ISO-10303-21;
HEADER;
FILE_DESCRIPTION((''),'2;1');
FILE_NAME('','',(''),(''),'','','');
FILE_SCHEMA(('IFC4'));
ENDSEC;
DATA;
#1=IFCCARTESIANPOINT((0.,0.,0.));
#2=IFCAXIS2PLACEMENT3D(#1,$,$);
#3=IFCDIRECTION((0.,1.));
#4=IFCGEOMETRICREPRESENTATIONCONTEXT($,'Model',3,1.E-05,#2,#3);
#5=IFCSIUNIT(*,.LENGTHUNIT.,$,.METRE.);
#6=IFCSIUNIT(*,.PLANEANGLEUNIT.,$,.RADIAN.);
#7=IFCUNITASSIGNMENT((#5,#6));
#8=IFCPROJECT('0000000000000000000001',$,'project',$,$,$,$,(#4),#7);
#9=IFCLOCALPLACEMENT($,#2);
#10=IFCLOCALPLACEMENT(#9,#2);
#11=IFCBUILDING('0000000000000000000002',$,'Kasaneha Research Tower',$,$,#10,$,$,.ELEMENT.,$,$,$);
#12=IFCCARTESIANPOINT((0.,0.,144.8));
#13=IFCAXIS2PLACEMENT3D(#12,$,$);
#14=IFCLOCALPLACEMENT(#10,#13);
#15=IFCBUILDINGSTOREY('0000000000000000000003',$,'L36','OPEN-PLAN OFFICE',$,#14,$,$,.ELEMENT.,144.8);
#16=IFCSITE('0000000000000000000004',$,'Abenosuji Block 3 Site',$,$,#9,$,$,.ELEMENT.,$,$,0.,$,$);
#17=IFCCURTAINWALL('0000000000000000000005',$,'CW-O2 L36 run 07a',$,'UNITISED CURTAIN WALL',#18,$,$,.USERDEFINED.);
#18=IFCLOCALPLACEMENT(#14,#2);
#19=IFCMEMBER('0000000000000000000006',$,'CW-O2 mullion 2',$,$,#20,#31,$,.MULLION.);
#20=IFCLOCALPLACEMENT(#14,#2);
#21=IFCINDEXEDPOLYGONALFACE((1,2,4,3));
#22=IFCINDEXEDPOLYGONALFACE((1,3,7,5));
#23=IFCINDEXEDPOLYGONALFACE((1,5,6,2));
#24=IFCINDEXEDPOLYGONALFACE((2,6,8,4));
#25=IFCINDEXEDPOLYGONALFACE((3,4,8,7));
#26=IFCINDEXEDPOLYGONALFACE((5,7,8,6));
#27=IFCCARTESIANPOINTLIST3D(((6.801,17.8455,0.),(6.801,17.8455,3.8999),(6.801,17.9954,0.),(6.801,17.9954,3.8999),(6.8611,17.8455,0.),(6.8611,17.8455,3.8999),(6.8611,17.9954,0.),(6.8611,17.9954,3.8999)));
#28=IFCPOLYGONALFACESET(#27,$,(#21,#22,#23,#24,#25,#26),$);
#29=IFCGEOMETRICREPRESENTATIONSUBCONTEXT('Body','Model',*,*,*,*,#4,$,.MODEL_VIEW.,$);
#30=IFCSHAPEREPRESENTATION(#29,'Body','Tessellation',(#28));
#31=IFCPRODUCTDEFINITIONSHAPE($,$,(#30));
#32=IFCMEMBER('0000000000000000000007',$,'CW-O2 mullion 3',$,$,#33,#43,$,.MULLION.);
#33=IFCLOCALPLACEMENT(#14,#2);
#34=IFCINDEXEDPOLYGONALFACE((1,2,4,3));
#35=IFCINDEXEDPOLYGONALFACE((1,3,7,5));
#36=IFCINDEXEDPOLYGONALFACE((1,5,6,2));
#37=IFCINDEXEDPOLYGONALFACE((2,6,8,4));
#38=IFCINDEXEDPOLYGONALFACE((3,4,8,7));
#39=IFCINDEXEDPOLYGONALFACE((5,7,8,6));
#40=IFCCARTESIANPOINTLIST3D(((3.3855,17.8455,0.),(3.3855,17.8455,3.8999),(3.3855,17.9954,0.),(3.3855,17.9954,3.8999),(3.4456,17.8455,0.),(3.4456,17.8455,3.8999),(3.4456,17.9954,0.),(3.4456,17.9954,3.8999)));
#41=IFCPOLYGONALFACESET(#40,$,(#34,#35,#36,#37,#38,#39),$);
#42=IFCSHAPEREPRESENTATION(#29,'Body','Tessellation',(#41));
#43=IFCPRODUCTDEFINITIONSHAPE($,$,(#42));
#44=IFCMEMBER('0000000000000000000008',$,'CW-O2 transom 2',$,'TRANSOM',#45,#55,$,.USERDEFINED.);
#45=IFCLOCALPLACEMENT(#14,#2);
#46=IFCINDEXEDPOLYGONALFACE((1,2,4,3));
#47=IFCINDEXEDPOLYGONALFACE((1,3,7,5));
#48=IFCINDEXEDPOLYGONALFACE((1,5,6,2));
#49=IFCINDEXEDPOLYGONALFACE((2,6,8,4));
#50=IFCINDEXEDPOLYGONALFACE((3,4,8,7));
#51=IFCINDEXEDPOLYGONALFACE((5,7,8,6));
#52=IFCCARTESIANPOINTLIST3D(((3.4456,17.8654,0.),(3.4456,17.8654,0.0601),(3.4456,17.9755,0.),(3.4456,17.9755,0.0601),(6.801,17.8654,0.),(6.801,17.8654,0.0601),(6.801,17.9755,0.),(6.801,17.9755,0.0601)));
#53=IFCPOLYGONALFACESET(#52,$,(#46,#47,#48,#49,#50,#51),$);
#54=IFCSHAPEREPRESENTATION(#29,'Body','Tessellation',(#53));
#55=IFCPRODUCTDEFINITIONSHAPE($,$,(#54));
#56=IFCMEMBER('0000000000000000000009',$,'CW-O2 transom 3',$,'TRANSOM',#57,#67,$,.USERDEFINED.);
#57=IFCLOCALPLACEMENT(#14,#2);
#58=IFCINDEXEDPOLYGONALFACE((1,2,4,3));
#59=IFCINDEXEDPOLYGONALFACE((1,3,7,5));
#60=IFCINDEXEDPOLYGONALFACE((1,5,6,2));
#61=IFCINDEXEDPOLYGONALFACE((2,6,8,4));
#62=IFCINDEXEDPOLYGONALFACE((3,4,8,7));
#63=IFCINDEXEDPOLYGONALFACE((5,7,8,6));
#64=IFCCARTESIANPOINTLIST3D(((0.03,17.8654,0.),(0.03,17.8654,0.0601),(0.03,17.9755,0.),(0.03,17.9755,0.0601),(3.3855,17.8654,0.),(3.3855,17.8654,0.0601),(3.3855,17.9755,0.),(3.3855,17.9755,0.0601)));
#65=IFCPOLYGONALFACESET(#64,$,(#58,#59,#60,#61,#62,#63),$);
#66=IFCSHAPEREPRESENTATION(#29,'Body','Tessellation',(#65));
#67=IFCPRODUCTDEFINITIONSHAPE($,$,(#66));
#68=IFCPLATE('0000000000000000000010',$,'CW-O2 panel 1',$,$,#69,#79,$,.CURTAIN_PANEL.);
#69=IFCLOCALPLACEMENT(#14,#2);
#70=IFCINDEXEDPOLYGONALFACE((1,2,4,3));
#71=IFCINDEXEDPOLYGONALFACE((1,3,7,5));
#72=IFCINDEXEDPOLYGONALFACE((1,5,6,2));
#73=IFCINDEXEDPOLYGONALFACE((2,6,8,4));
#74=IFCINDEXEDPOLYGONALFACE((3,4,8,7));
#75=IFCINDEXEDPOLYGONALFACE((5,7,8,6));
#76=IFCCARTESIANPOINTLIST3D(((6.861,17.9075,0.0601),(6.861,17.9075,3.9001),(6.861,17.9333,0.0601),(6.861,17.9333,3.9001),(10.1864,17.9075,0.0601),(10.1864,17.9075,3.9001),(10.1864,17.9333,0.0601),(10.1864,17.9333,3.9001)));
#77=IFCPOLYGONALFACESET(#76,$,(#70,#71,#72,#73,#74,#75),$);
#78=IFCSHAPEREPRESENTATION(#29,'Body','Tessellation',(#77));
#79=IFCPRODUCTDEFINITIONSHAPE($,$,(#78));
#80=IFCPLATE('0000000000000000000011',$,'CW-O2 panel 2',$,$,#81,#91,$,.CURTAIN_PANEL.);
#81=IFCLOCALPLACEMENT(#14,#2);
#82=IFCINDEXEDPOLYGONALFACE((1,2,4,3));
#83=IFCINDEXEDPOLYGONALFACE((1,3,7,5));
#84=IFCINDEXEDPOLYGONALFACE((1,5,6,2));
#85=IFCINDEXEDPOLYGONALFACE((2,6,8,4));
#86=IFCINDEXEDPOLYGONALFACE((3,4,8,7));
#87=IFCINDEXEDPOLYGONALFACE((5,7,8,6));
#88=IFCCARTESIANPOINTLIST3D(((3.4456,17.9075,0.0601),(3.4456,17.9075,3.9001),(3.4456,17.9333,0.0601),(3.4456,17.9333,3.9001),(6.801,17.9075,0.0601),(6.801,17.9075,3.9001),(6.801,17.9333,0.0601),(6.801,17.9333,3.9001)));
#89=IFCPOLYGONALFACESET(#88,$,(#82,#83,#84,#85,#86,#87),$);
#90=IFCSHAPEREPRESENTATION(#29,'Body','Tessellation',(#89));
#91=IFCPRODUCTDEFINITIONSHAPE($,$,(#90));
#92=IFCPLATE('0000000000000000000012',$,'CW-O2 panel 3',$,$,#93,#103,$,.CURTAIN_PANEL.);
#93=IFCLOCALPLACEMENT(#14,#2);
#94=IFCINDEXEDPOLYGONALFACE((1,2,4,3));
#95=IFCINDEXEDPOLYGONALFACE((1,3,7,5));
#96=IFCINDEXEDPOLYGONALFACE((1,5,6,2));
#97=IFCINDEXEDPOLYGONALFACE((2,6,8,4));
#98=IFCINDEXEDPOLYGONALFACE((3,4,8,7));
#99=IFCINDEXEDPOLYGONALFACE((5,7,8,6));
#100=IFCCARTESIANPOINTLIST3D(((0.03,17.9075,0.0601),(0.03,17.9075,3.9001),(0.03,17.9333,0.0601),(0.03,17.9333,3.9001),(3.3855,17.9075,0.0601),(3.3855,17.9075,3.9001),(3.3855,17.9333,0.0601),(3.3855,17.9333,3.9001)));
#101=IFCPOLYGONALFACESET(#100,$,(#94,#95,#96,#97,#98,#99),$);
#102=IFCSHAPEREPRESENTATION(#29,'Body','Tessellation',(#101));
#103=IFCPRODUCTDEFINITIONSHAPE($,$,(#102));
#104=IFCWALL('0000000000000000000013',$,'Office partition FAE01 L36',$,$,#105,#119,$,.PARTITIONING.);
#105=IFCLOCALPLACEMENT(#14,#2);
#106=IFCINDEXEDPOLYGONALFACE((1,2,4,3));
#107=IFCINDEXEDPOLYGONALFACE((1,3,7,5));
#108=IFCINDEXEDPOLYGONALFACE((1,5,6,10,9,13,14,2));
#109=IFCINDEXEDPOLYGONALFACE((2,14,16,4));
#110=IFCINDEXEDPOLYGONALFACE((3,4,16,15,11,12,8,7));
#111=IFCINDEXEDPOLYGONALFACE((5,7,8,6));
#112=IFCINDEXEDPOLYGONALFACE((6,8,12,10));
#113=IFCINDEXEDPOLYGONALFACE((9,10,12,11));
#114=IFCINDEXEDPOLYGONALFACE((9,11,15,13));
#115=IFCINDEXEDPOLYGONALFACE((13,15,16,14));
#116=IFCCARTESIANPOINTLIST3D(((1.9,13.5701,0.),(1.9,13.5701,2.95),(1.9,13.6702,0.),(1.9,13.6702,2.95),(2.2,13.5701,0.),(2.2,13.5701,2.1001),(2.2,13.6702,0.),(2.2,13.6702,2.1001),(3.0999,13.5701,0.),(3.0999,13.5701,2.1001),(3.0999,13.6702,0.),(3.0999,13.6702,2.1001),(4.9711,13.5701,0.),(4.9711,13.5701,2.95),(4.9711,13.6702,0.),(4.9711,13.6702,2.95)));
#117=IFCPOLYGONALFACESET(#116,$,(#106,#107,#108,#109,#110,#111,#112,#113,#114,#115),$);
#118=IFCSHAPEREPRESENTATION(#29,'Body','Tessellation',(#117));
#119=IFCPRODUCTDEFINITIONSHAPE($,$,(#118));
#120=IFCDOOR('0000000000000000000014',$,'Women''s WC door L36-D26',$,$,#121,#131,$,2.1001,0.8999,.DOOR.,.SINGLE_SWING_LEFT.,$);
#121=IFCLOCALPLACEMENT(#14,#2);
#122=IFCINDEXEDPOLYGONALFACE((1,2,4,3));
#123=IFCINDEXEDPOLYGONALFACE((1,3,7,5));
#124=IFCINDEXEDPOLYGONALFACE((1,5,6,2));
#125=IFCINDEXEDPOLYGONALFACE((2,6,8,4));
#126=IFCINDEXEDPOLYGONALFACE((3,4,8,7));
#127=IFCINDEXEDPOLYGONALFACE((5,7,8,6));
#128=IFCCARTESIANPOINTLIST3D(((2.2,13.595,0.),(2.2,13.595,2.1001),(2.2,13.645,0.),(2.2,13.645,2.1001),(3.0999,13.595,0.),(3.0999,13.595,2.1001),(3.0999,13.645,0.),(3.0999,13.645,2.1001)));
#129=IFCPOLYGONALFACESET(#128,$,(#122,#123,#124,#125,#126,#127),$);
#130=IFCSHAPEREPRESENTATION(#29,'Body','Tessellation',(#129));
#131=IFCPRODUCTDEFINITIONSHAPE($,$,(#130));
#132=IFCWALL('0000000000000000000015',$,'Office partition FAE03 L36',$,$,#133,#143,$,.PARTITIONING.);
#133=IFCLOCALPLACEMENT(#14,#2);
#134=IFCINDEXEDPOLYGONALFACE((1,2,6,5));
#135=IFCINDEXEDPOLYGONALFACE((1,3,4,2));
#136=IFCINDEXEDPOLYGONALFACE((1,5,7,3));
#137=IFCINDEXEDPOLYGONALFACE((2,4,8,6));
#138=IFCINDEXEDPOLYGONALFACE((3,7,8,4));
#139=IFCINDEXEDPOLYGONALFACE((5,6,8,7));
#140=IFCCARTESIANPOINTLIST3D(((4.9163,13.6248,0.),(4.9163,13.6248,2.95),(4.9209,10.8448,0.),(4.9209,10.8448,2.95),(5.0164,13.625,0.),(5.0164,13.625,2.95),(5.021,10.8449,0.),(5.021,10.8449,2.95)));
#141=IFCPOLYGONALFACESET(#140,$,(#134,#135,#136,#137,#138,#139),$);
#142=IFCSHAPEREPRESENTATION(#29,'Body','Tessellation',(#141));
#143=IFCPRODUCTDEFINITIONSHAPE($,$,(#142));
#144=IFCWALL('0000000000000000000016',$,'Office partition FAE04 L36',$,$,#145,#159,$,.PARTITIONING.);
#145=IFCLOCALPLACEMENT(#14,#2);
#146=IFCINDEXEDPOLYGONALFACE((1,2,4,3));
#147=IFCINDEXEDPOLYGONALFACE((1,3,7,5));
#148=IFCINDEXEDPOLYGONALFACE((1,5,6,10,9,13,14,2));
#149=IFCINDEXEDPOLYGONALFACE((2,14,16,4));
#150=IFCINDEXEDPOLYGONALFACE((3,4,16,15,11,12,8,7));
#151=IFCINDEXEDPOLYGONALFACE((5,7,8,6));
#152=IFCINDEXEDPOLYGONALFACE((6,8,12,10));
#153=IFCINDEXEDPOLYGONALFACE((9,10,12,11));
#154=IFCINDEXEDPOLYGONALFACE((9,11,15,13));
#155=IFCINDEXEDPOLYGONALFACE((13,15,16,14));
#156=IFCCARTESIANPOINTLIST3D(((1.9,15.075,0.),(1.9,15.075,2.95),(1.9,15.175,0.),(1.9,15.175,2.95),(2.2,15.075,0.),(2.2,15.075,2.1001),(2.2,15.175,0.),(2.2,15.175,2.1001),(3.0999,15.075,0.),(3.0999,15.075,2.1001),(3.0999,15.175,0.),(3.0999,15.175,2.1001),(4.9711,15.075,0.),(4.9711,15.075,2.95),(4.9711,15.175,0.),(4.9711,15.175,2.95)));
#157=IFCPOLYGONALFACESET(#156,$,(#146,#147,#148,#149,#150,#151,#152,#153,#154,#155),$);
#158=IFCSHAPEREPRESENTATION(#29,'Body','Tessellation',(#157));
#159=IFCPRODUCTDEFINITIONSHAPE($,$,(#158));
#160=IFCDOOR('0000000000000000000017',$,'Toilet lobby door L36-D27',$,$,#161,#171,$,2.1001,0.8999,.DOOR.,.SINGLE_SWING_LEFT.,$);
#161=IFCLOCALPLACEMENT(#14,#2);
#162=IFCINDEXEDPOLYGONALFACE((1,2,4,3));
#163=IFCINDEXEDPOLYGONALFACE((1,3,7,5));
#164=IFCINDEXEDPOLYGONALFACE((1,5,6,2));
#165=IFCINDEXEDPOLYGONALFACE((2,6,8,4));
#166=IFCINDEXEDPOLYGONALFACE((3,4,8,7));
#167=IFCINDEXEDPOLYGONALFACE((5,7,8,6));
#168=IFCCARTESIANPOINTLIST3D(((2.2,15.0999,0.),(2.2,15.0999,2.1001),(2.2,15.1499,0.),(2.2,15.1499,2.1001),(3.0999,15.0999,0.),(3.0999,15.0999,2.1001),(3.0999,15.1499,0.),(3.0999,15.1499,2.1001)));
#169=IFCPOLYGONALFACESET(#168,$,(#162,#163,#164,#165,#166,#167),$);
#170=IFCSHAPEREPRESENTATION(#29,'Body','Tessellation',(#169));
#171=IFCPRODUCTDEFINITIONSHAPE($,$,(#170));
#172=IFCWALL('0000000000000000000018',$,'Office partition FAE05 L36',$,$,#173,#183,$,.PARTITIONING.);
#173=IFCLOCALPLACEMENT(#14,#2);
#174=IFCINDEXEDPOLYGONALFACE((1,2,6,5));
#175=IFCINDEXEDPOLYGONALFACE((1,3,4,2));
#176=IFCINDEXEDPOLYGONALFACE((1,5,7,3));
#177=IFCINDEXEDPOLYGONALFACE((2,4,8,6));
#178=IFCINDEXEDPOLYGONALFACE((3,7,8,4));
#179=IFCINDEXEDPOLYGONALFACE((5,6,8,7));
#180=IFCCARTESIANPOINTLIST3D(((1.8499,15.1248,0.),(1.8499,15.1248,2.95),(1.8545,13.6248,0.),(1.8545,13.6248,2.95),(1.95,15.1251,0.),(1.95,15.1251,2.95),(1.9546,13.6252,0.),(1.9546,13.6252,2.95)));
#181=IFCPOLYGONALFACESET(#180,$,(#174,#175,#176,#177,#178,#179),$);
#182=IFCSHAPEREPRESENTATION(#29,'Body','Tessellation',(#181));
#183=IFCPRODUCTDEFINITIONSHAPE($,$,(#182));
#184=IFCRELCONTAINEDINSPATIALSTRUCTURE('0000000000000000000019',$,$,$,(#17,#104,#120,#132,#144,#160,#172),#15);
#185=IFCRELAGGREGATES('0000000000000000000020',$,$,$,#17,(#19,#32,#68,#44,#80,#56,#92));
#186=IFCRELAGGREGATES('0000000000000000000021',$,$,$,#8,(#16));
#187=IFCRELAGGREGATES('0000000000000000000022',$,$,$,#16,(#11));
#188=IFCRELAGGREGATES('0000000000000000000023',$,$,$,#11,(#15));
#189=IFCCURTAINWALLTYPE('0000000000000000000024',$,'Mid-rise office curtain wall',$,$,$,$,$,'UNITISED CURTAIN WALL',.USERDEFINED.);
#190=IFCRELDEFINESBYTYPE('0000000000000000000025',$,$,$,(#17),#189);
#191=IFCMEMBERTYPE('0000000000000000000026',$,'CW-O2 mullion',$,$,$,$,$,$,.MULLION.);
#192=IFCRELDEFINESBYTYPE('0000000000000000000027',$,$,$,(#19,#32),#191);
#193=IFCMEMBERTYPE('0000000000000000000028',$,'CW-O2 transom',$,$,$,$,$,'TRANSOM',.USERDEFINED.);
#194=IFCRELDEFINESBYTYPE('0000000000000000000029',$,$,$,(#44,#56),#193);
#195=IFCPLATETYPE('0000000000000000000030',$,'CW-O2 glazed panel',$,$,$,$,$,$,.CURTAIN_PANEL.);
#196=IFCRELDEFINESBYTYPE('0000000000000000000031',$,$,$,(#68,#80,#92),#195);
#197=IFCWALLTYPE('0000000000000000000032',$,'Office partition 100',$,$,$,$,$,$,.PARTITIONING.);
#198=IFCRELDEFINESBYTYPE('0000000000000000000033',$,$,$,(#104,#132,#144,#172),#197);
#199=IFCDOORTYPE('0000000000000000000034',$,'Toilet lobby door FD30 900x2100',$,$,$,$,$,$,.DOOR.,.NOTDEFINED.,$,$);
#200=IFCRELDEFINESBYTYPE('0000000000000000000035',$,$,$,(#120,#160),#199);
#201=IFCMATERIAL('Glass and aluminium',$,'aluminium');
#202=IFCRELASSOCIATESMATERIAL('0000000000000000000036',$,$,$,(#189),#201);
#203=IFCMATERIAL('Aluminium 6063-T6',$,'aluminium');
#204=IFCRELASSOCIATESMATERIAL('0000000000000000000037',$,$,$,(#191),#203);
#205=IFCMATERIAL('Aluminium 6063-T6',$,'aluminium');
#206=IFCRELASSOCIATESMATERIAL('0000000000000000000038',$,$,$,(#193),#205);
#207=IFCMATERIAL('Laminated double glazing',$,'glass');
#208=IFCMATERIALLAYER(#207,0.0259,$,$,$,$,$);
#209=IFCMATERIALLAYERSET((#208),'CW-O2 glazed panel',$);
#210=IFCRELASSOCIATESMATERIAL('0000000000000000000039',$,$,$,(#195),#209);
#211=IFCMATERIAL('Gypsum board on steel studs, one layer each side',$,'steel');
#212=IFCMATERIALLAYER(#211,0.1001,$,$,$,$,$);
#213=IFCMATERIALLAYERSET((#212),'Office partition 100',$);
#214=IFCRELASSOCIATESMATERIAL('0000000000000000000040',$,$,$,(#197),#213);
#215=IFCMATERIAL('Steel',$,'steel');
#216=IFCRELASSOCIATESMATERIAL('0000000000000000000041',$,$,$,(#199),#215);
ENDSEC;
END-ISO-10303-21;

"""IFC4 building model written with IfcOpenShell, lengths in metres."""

from ifc_helpers import new_model, si_unit, direction, frame, frame_2d, origin, origin_2d, place, context, subcontext, project, spatial, rectangle, extrude, material, layer, layer_set, material_profile, profile_set, type_object, element, fill, aggregate, save


model = new_model("IFC4")

# Units and contexts
model_context = context("Model", 3, precision=1e-05, world=origin(), true_north=direction((0.0, 1.0)))
body_context = subcontext(model_context, "Body", "Model", "MODEL_VIEW")
ifc_project = project(units=[si_unit("LENGTHUNIT", "METRE"), si_unit("PLANEANGLEUNIT", "RADIAN")], contexts=[model_context])

# Site, building, storey
site_placement = place(None, origin())
site = spatial("IfcSite", under=ifc_project, at=site_placement, Name="Abenosuji Block 3 Site", CompositionType="ELEMENT", RefElevation=0.0)
building_placement = place(site_placement, origin())
building = spatial("IfcBuilding", under=site, at=building_placement, Name="Kasaneha Research Tower", CompositionType="ELEMENT")
storey_placement = place(building_placement, frame((0.0, 0.0, 144.8)))
storey = spatial("IfcBuildingStorey", under=building, at=storey_placement, Name="L36", Description="OPEN-PLAN OFFICE", CompositionType="ELEMENT", Elevation=144.8)

# Curtain wall, members, plates
ifc_material_1 = material(Name="Glass and aluminium", Category="aluminium")
curtain_wall_type = type_object("IfcCurtainWallType", Name="Mid-rise office curtain wall", ElementType="UNITISED CURTAIN WALL", PredefinedType="USERDEFINED", material=ifc_material_1)
curtain_wall_placement = place(storey_placement, origin())
curtain_wall = element("IfcCurtainWall", 1, at=curtain_wall_placement, inside=storey, type_object=curtain_wall_type, Name="CW-O2 L36 run 07a", ObjectType="UNITISED CURTAIN WALL", PredefinedType="USERDEFINED")
ifc_material_2 = material(Name="Aluminium 6063-T6", Category="aluminium")
ifc_material_profile_1 = material_profile(ifc_material_2, rectangle(XDim=0.0601, YDim=0.1499, at=origin_2d()), Name="CW-O2 mullion 60x150")
ifc_profile_set_1 = profile_set([ifc_material_profile_1], Name="Aluminium 6063-T6")
member_type_1 = type_object("IfcMemberType", Name="CW-O2 mullion", PredefinedType="MULLION", material=ifc_profile_set_1)
member_1_placement = place(storey_placement, frame((6.8311, 17.9204, 0.0), z_axis=(0.0, 0.0, 1.0), x_axis=(-1.0, 0.0, 0.0)))
member_1 = element("IfcMember", 2, at=member_1_placement, type_object=member_type_1, Name="CW-O2 mullion 2", PredefinedType="MULLION", context=body_context, shape_type="SweptSolid", body=[
    extrude(rectangle(XDim=0.0601, YDim=0.1499, at=origin_2d()), origin(), (0.0, 0.0, 1.0), 3.8999),
])
member_2_placement = place(storey_placement, frame((3.4155, 17.9204, 0.0), z_axis=(0.0, 0.0, 1.0), x_axis=(-1.0, 0.0, 0.0)))
member_2 = element("IfcMember", 3, at=member_2_placement, type_object=member_type_1, Name="CW-O2 mullion 3", PredefinedType="MULLION", context=body_context, shape_type="SweptSolid", body=[
    extrude(rectangle(XDim=0.0601, YDim=0.1499, at=origin_2d()), origin(), (0.0, 0.0, 1.0), 3.8999),
])
ifc_material_3 = material(Name="Aluminium 6063-T6", Category="aluminium")
ifc_material_profile_2 = material_profile(ifc_material_3, rectangle(XDim=0.1101, YDim=0.0601, at=origin_2d()), Name="CW-O2 transom 110x60")
ifc_profile_set_2 = profile_set([ifc_material_profile_2], Name="Aluminium 6063-T6")
member_type_2 = type_object("IfcMemberType", Name="CW-O2 transom", ElementType="TRANSOM", PredefinedType="USERDEFINED", material=ifc_profile_set_2)
member_3_placement = place(storey_placement, frame((6.801, 17.9204, 0.03), z_axis=(-1.0, 0.0, 0.0), x_axis=(0.0, -1.0, 0.0)))
member_3 = element("IfcMember", 4, at=member_3_placement, type_object=member_type_2, Name="CW-O2 transom 2", ObjectType="TRANSOM", PredefinedType="USERDEFINED", context=body_context, shape_type="SweptSolid", body=[
    extrude(rectangle(XDim=0.1101, YDim=0.0601, at=origin_2d()), origin(), (0.0, 0.0, 1.0), 3.3555),
])
member_4_placement = place(storey_placement, frame((3.3855, 17.9204, 0.03), z_axis=(-1.0, 0.0, 0.0), x_axis=(0.0, -1.0, 0.0)))
member_4 = element("IfcMember", 5, at=member_4_placement, type_object=member_type_2, Name="CW-O2 transom 3", ObjectType="TRANSOM", PredefinedType="USERDEFINED", context=body_context, shape_type="SweptSolid", body=[
    extrude(rectangle(XDim=0.1101, YDim=0.0601, at=origin_2d()), origin(), (0.0, 0.0, 1.0), 3.3555),
])
ifc_material_4 = material(Name="Laminated double glazing", Category="glass")
ifc_layer_1 = layer(ifc_material_4, 0.0259)
ifc_layer_set_1 = layer_set([ifc_layer_1], Name="CW-O2 glazed panel")
plate_type = type_object("IfcPlateType", Name="CW-O2 glazed panel", PredefinedType="CURTAIN_PANEL", material=ifc_layer_set_1)
plate_1_placement = place(storey_placement, frame((8.5237, 17.9204, 0.0601), z_axis=(0.0, 0.0, 1.0), x_axis=(-1.0, 0.0, 0.0)))
plate_1 = element("IfcPlate", 6, at=plate_1_placement, type_object=plate_type, Name="CW-O2 panel 1", PredefinedType="CURTAIN_PANEL", context=body_context, shape_type="SweptSolid", body=[
    extrude(rectangle(XDim=3.3254, YDim=0.0259, at=origin_2d()), origin(), (0.0, 0.0, 1.0), 3.8401),
])
plate_2_placement = place(storey_placement, frame((5.1233, 17.9204, 0.0601), z_axis=(0.0, 0.0, 1.0), x_axis=(-1.0, 0.0, 0.0)))
plate_2 = element("IfcPlate", 7, at=plate_2_placement, type_object=plate_type, Name="CW-O2 panel 2", PredefinedType="CURTAIN_PANEL", context=body_context, shape_type="SweptSolid", body=[
    extrude(rectangle(XDim=3.3555, YDim=0.0259, at=origin_2d()), origin(), (0.0, 0.0, 1.0), 3.8401),
])
plate_3_placement = place(storey_placement, frame((1.7078, 17.9204, 0.0601), z_axis=(0.0, 0.0, 1.0), x_axis=(-1.0, 0.0, 0.0)))
plate_3 = element("IfcPlate", 8, at=plate_3_placement, type_object=plate_type, Name="CW-O2 panel 3", PredefinedType="CURTAIN_PANEL", context=body_context, shape_type="SweptSolid", body=[
    extrude(rectangle(XDim=3.3555, YDim=0.0259, at=origin_2d()), origin(), (0.0, 0.0, 1.0), 3.8401),
])
aggregate(curtain_wall, [member_1, member_2, plate_1, member_3, plate_2, member_4, plate_3])

# Wall, opening, door
ifc_material_5 = material(Name="Gypsum board on steel studs, one layer each side", Category="steel")
ifc_layer_2 = layer(ifc_material_5, 0.1001)
ifc_layer_set_2 = layer_set([ifc_layer_2], Name="Office partition 100")
wall_type_1 = type_object("IfcWallType", Name="Office partition 100", PredefinedType="PARTITIONING", material=ifc_layer_set_2)
wall_1_placement = place(storey_placement, frame((1.8999, 13.6201, 0.0), z_axis=(0.0, 0.0, 1.0), x_axis=(1.0, 0.0, 0.0)))
wall_1 = element("IfcWall", 9, at=wall_1_placement, inside=storey, type_object=wall_type_1, Name="Office partition FAE01 L36", PredefinedType="PARTITIONING", context=body_context, shape_type="SweptSolid", body=[
    extrude(rectangle(XDim=3.071, YDim=0.1001, at=frame_2d((1.5356, 0.0))), origin(), (0.0, 0.0, 1.0), 2.95),
])
opening_1_placement = place(wall_1_placement, frame((0.3, 0.0, 0.0)))
opening_1 = element("IfcOpeningElement", 10, at=opening_1_placement, cuts=wall_1, PredefinedType="OPENING", context=body_context, shape_type="SweptSolid", body=[
    extrude(rectangle(XDim=0.8999, YDim=2.1001, at=frame_2d((0.45, 1.05))), frame((0.0, 0.0601, 0.0), z_axis=(0.0, -1.0, 0.0), x_axis=(1.0, 0.0, 0.0)), (0.0, 0.0, 1.0), 0.1201),
])
ifc_material_6 = material(Name="Steel", Category="steel")
door_type = type_object("IfcDoorType", Name="Toilet lobby door FD30 900x2100", OperationType="NOTDEFINED", PredefinedType="DOOR", material=ifc_material_6)
door_1_placement = place(opening_1_placement, origin())
door_1 = element("IfcDoor", 11, at=door_1_placement, inside=storey, type_object=door_type, Name="Women's WC door L36-D26", OperationType="SINGLE_SWING_LEFT", OverallHeight=2.1001, OverallWidth=0.8999, PredefinedType="DOOR", context=body_context, shape_type="SweptSolid", body=[
    extrude(rectangle(XDim=0.8999, YDim=2.1001, at=frame_2d((0.45, 1.05))), frame((0.0, 0.0249, 0.0), z_axis=(0.0, -1.0, 0.0), x_axis=(1.0, 0.0, 0.0)), (0.0, 0.0, 1.0), 0.05),
])
fill(opening_1, door_1)

# Wall
wall_2_placement = place(storey_placement, frame((4.9663, 13.625, 0.0), z_axis=(0.0, 0.0, 1.0), x_axis=(0.001669, -0.999999, 0.0)))
element("IfcWall", 12, at=wall_2_placement, inside=storey, type_object=wall_type_1, Name="Office partition FAE03 L36", PredefinedType="PARTITIONING", context=body_context, shape_type="SweptSolid", body=[
    extrude(rectangle(XDim=2.78, YDim=0.1001, at=frame_2d((1.3901, 0.0))), origin(), (0.0, 0.0, 1.0), 2.95),
])

# Wall, opening, door
wall_3_placement = place(storey_placement, frame((1.8999, 15.125, 0.0), z_axis=(0.0, 0.0, 1.0), x_axis=(1.0, 0.0, 0.0)))
wall_3 = element("IfcWall", 13, at=wall_3_placement, inside=storey, type_object=wall_type_1, Name="Office partition FAE04 L36", PredefinedType="PARTITIONING", context=body_context, shape_type="SweptSolid", body=[
    extrude(rectangle(XDim=3.071, YDim=0.1001, at=frame_2d((1.5356, 0.0))), origin(), (0.0, 0.0, 1.0), 2.95),
])
opening_2_placement = place(wall_3_placement, frame((0.3, 0.0, 0.0)))
opening_2 = element("IfcOpeningElement", 14, at=opening_2_placement, cuts=wall_3, PredefinedType="OPENING", context=body_context, shape_type="SweptSolid", body=[
    extrude(rectangle(XDim=0.8999, YDim=2.1001, at=frame_2d((0.45, 1.05))), frame((0.0, 0.0601, 0.0), z_axis=(0.0, -1.0, 0.0), x_axis=(1.0, 0.0, 0.0)), (0.0, 0.0, 1.0), 0.1201),
])
door_2_placement = place(opening_2_placement, origin())
door_2 = element("IfcDoor", 15, at=door_2_placement, inside=storey, type_object=door_type, Name="Toilet lobby door L36-D27", OperationType="SINGLE_SWING_LEFT", OverallHeight=2.1001, OverallWidth=0.8999, PredefinedType="DOOR", context=body_context, shape_type="SweptSolid", body=[
    extrude(rectangle(XDim=0.8999, YDim=2.1001, at=frame_2d((0.45, 1.05))), frame((0.0, 0.0249, 0.0), z_axis=(0.0, -1.0, 0.0), x_axis=(1.0, 0.0, 0.0)), (0.0, 0.0, 1.0), 0.05),
])
fill(opening_2, door_2)

# Wall
for number, where, z_axis, x_axis, name in (
    (16, (1.9045, 13.625, 0.0), (0.0, 0.0, 1.0), (-0.003092, 0.999995, 0.0), "Office partition FAE05 L36"),
):
    element("IfcWall", number, at=place(storey_placement, frame(where, z_axis=z_axis, x_axis=x_axis)), inside=storey, type_object=wall_type_1, Name=name, PredefinedType="PARTITIONING", context=body_context, shape_type="SweptSolid", body=[
        extrude(rectangle(XDim=1.5, YDim=0.1001, at=frame_2d((0.75, 0.0))), origin(), (0.0, 0.0, 1.0), 2.95),
    ])

save(model, "model.ifc")
